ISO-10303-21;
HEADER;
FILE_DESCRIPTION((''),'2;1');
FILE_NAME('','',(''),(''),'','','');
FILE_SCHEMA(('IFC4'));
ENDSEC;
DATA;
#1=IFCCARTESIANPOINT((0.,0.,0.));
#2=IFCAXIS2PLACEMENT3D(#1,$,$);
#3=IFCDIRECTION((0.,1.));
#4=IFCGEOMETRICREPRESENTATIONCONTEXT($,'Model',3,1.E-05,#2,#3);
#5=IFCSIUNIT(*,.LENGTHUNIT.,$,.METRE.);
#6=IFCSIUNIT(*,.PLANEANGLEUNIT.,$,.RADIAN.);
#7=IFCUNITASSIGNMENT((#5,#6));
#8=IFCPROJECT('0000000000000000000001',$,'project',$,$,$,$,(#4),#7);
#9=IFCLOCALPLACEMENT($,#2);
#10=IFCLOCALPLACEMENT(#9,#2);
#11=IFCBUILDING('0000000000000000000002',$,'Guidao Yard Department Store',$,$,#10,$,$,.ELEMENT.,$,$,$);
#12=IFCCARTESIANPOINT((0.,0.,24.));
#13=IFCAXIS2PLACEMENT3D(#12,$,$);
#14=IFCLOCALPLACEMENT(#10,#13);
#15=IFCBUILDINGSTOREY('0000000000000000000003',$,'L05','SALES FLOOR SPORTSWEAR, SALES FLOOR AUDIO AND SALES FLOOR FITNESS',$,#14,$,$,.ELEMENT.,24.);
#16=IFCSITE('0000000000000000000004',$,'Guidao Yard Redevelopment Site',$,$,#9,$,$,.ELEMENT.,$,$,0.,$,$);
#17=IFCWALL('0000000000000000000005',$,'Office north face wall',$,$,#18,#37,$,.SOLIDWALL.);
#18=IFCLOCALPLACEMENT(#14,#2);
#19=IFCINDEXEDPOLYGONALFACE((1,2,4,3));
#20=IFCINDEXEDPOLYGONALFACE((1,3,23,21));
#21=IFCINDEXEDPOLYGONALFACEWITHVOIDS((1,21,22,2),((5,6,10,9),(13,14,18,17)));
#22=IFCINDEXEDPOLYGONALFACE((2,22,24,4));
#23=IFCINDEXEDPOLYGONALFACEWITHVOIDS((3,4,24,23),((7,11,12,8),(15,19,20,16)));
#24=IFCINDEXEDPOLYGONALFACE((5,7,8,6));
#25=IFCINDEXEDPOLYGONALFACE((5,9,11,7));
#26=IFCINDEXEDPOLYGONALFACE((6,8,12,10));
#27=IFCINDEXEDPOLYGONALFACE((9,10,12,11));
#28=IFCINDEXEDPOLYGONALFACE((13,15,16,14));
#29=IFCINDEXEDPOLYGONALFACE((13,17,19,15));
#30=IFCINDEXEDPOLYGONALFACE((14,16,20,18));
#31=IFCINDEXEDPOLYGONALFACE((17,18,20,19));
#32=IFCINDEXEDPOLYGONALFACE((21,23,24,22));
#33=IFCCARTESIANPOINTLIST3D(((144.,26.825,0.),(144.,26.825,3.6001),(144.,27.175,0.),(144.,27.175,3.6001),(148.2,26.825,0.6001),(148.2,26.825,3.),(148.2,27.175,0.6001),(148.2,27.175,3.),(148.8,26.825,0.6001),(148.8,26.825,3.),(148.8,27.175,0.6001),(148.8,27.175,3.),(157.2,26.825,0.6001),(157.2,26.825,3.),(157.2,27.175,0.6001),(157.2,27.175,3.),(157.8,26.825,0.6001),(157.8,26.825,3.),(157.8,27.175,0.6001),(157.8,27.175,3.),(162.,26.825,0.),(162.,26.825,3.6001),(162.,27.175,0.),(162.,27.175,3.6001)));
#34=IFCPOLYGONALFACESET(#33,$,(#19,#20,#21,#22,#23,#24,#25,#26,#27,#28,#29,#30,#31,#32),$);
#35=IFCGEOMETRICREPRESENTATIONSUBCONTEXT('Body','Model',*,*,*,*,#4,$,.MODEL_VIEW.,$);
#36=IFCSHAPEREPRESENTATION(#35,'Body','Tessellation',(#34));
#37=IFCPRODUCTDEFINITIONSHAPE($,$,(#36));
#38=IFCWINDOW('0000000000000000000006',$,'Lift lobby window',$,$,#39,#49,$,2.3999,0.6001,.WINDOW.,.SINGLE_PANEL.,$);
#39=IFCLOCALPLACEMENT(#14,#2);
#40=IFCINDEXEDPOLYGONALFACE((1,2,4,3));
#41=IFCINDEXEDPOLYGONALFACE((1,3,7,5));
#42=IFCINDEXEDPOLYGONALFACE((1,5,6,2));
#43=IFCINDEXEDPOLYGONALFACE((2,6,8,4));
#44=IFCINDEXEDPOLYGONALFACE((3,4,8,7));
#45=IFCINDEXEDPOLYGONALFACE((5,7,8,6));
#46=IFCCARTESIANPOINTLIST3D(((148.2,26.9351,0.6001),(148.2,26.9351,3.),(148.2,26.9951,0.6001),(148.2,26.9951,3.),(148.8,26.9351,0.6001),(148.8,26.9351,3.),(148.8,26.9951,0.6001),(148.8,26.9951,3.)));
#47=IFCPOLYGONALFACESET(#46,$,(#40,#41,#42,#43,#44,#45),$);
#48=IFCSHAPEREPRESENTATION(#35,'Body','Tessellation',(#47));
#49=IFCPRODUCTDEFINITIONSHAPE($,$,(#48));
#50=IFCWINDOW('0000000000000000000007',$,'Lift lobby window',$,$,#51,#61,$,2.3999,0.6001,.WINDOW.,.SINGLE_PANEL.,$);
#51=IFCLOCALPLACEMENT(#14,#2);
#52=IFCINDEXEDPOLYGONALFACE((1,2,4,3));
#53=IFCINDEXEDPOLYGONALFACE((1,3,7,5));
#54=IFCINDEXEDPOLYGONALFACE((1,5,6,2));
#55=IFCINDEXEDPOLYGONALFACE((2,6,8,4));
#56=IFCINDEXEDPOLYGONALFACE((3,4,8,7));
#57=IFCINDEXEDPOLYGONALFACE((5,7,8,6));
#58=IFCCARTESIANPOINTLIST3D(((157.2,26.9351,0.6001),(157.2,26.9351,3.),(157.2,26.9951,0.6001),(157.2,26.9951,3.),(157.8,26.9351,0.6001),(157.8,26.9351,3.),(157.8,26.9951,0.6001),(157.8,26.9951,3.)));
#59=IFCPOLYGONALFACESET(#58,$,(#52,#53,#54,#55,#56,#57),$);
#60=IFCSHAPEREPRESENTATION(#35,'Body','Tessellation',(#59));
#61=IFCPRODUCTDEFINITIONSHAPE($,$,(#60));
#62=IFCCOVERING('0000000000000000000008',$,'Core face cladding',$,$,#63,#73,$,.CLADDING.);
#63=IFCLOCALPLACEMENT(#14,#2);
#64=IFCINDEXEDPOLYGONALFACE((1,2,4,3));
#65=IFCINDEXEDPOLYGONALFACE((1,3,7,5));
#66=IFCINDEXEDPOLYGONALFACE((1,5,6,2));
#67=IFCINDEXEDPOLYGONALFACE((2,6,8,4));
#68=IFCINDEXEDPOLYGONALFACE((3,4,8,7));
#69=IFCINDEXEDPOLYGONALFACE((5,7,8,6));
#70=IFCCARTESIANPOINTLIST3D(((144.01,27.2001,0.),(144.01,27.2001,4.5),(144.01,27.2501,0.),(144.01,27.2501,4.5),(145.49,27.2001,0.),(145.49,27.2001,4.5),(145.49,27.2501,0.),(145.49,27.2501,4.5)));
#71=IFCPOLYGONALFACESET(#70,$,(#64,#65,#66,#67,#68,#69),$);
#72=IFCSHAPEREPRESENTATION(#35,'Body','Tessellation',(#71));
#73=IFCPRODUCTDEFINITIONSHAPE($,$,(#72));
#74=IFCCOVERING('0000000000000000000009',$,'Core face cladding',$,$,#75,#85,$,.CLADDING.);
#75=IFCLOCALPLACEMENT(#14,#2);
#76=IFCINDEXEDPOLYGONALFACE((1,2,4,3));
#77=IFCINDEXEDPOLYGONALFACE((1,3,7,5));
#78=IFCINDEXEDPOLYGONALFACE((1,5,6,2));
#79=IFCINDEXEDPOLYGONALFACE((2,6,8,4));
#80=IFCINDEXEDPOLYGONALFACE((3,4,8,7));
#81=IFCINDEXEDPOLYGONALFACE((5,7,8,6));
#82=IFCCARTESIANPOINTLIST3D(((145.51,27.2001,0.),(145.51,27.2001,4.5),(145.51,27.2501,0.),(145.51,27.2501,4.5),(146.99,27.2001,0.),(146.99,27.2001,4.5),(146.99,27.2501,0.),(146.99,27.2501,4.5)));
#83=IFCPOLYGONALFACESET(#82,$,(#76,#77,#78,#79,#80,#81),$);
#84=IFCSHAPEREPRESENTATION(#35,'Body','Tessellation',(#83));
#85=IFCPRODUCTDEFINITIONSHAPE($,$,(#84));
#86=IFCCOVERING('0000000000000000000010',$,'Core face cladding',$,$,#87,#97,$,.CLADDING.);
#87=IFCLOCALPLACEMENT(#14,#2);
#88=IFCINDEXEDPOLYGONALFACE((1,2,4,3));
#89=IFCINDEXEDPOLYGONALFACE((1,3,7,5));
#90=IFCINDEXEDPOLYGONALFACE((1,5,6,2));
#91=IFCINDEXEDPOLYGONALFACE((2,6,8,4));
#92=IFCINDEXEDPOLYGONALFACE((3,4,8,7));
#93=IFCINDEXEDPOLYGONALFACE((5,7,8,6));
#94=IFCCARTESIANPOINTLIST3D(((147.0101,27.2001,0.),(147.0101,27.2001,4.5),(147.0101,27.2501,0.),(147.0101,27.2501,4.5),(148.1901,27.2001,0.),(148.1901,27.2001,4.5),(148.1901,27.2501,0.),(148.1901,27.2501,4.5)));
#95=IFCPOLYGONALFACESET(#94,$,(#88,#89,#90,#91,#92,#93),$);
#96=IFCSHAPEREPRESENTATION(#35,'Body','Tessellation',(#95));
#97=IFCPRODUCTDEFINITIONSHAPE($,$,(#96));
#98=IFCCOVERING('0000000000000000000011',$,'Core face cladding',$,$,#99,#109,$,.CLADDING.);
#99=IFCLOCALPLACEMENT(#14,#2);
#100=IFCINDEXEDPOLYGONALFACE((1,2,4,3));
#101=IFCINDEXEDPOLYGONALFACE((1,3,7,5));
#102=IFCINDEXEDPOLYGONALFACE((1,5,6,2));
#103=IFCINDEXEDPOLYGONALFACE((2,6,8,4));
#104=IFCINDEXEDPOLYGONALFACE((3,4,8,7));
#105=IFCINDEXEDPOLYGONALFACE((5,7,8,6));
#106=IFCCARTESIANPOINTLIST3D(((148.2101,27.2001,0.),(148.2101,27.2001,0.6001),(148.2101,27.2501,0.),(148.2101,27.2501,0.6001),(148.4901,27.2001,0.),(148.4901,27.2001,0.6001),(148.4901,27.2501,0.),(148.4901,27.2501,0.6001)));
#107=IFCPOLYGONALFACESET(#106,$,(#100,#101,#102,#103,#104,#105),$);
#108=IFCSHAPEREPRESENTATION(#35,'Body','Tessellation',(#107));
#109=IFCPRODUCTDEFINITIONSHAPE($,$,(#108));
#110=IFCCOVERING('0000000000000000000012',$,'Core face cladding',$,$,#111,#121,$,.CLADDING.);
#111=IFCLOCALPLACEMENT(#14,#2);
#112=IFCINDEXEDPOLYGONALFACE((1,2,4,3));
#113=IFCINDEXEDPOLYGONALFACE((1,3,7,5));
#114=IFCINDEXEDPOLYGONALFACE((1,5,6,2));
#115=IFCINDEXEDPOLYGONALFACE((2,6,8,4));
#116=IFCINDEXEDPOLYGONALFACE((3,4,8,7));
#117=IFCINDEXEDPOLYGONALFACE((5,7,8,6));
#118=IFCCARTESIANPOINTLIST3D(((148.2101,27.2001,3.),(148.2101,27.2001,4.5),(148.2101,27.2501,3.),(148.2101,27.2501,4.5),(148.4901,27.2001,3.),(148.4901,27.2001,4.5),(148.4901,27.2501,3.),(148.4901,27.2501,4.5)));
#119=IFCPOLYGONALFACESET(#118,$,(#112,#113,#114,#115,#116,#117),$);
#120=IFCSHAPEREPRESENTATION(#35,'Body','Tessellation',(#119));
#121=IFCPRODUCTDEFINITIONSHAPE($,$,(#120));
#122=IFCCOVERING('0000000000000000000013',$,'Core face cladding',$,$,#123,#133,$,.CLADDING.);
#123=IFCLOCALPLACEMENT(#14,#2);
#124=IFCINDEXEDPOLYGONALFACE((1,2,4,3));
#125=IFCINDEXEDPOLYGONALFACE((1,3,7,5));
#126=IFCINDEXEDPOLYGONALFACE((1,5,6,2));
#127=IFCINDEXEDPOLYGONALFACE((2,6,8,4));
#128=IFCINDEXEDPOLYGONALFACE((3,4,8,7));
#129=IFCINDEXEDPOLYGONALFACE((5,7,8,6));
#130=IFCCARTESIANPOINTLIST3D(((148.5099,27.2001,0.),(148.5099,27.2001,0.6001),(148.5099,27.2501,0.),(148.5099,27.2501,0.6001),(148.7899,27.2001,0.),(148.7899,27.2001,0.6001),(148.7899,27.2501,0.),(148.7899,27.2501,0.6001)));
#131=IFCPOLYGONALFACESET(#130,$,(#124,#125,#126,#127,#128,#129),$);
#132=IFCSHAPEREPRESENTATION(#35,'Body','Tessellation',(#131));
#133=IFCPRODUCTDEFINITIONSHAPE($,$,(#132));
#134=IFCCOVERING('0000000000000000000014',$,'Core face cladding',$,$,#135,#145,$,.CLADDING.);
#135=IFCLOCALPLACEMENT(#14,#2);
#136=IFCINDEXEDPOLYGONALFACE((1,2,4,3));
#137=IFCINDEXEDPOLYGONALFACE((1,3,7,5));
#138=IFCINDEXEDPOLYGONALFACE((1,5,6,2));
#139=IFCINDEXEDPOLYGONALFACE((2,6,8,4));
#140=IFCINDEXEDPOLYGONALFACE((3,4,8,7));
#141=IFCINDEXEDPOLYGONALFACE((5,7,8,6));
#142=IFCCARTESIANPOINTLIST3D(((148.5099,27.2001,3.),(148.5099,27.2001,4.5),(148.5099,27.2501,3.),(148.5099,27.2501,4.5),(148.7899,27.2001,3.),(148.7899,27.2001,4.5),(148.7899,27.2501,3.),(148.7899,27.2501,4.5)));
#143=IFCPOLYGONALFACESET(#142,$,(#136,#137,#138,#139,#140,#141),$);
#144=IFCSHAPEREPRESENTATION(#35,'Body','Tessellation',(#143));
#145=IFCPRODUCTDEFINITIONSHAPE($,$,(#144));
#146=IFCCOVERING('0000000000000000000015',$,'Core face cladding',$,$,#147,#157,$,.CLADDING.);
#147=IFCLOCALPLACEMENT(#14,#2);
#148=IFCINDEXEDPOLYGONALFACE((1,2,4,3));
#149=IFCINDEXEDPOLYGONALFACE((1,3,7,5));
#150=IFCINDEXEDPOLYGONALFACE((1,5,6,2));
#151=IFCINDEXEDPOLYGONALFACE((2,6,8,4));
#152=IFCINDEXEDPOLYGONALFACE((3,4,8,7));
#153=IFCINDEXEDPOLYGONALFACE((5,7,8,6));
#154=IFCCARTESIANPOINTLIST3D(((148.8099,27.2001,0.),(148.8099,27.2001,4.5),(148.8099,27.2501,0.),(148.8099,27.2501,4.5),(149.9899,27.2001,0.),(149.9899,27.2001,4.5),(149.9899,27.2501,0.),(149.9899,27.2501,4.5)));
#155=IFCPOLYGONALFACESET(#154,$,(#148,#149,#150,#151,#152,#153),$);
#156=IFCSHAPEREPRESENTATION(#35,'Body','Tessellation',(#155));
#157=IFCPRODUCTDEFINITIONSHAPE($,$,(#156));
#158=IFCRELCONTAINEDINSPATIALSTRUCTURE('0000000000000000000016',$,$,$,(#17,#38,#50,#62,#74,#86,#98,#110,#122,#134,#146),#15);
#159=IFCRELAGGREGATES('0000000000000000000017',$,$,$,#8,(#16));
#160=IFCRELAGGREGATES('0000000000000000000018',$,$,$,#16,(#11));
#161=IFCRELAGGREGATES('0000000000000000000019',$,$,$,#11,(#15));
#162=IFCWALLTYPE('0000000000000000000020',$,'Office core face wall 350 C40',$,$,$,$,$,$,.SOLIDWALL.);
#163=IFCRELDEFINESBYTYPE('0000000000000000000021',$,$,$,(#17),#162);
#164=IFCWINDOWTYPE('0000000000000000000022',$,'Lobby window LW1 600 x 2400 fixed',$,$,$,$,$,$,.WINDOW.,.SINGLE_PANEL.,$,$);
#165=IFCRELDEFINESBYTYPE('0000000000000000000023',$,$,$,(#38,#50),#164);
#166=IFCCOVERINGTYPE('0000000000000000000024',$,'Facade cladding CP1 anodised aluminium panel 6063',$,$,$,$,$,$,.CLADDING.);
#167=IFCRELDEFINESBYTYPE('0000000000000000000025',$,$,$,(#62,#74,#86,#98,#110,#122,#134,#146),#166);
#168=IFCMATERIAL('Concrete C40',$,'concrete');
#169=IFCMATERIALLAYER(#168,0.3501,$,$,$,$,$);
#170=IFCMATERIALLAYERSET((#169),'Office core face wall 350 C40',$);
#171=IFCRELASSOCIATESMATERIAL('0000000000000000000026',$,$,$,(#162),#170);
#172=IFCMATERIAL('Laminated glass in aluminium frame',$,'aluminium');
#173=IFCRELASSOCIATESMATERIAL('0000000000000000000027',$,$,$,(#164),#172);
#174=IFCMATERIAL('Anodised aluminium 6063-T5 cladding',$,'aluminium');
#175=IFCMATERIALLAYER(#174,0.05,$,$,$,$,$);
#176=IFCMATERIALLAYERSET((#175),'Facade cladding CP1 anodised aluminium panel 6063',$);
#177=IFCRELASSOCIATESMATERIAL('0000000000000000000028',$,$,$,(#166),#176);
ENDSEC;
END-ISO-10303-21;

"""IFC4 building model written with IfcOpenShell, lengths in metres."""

from ifc_helpers import new_model, si_unit, direction, frame, frame_2d, origin, origin_2d, place, context, subcontext, project, spatial, rectangle, extrude, material, layer, layer_set, type_object, element, fill, save


model = new_model("IFC4")

# Units and contexts
model_context = context("Model", 3, precision=1e-05, world=origin(), true_north=direction((0.0, 1.0)))
body_context = subcontext(model_context, "Body", "Model", "MODEL_VIEW")
ifc_project = project(units=[si_unit("LENGTHUNIT", "METRE"), si_unit("PLANEANGLEUNIT", "RADIAN")], contexts=[model_context])

# Site, building, storey
site_placement = place(None, origin())
site = spatial("IfcSite", under=ifc_project, at=site_placement, Name="Guidao Yard Redevelopment Site", CompositionType="ELEMENT", RefElevation=0.0)
building_placement = place(site_placement, origin())
building = spatial("IfcBuilding", under=site, at=building_placement, Name="Guidao Yard Department Store", CompositionType="ELEMENT")
storey_placement = place(building_placement, frame((0.0, 0.0, 24.0)))
storey = spatial("IfcBuildingStorey", under=building, at=storey_placement, Name="L05", Description="SALES FLOOR SPORTSWEAR, SALES FLOOR AUDIO AND SALES FLOOR FITNESS", CompositionType="ELEMENT", Elevation=24.0)

# Wall, openings, windows
ifc_material_1 = material(Name="Concrete C40", Category="concrete")
ifc_layer_1 = layer(ifc_material_1, 0.3501)
ifc_layer_set_1 = layer_set([ifc_layer_1], Name="Office core face wall 350 C40")
wall_type = type_object("IfcWallType", Name="Office core face wall 350 C40", PredefinedType="SOLIDWALL", material=ifc_layer_set_1)
wall_placement = place(storey_placement, frame((144.0, 27.0, 0.0), z_axis=(0.0, 0.0, 1.0), x_axis=(1.0, 0.0, 0.0)))
wall = element("IfcWall", 1, at=wall_placement, inside=storey, type_object=wall_type, Name="Office north face wall", PredefinedType="SOLIDWALL", context=body_context, shape_type="SweptSolid", body=[
    extrude(rectangle(XDim=18.0, YDim=0.3501, at=frame_2d((9.0, 0.0))), origin(), (0.0, 0.0, 1.0), 3.6001),
])
opening_1_placement = place(wall_placement, frame((4.2, 0.0, 0.6001)))
opening_1 = element("IfcOpeningElement", 2, at=opening_1_placement, cuts=wall, PredefinedType="OPENING", context=body_context, shape_type="SweptSolid", body=[
    extrude(rectangle(XDim=0.6001, YDim=2.3999, at=frame_2d((0.3, 1.2))), frame((0.0, 0.1851, 0.0), z_axis=(0.0, -1.0, 0.0), x_axis=(1.0, 0.0, 0.0)), (0.0, 0.0, 1.0), 0.3701),
])
opening_2_placement = place(wall_placement, frame((13.2, 0.0, 0.6001)))
opening_2 = element("IfcOpeningElement", 3, at=opening_2_placement, cuts=wall, PredefinedType="OPENING", context=body_context, shape_type="SweptSolid", body=[
    extrude(rectangle(XDim=0.6001, YDim=2.3999, at=frame_2d((0.3, 1.2))), frame((0.0, 0.1851, 0.0), z_axis=(0.0, -1.0, 0.0), x_axis=(1.0, 0.0, 0.0)), (0.0, 0.0, 1.0), 0.3701),
])
ifc_material_2 = material(Name="Laminated glass in aluminium frame", Category="aluminium")
window_type = type_object("IfcWindowType", Name="Lobby window LW1 600 x 2400 fixed", PartitioningType="SINGLE_PANEL", PredefinedType="WINDOW", material=ifc_material_2)
window_1_placement = place(opening_1_placement, origin())
window_1 = element("IfcWindow", 4, at=window_1_placement, inside=storey, type_object=window_type, Name="Lift lobby window", OverallHeight=2.3999, OverallWidth=0.6001, PartitioningType="SINGLE_PANEL", PredefinedType="WINDOW", context=body_context, shape_type="SweptSolid", body=[
    extrude(rectangle(XDim=0.6001, YDim=2.3999, at=frame_2d((0.3, 1.2))), frame((0.0, -0.0049, 0.0), z_axis=(0.0, -1.0, 0.0), x_axis=(1.0, 0.0, 0.0)), (0.0, 0.0, 1.0), 0.0601),
])
fill(opening_1, window_1)
window_2_placement = place(opening_2_placement, origin())
window_2 = element("IfcWindow", 5, at=window_2_placement, inside=storey, type_object=window_type, Name="Lift lobby window", OverallHeight=2.3999, OverallWidth=0.6001, PartitioningType="SINGLE_PANEL", PredefinedType="WINDOW", context=body_context, shape_type="SweptSolid", body=[
    extrude(rectangle(XDim=0.6001, YDim=2.3999, at=frame_2d((0.3, 1.2))), frame((0.0, -0.0049, 0.0), z_axis=(0.0, -1.0, 0.0), x_axis=(1.0, 0.0, 0.0)), (0.0, 0.0, 1.0), 0.0601),
])
fill(opening_2, window_2)

# Coverings
ifc_material_3 = material(Name="Anodised aluminium 6063-T5 cladding", Category="aluminium")
ifc_layer_2 = layer(ifc_material_3, 0.05)
ifc_layer_set_2 = layer_set([ifc_layer_2], Name="Facade cladding CP1 anodised aluminium panel 6063")
covering_type = type_object("IfcCoveringType", Name="Facade cladding CP1 anodised aluminium panel 6063", PredefinedType="CLADDING", material=ifc_layer_set_2)
for number, where, z_axis, x_axis, name in (
    (6, (144.75, 27.2251, 0.0), (0.0, 0.0, 1.0), (1.0, 0.0, 0.0), "Core face cladding"),
    (7, (146.25, 27.2251, 0.0), (0.0, 0.0, 1.0), (1.0, 0.0, 0.0), "Core face cladding"),
):
    element("IfcCovering", number, at=place(storey_placement, frame(where, z_axis=z_axis, x_axis=x_axis)), inside=storey, type_object=covering_type, Name=name, PredefinedType="CLADDING", context=body_context, shape_type="SweptSolid", body=[
        extrude(rectangle(XDim=1.48, YDim=0.05, at=origin_2d()), origin(), (0.0, 0.0, 1.0), 4.5),
    ])
covering_1_placement = place(storey_placement, frame((147.6001, 27.2251, 0.0), z_axis=(0.0, 0.0, 1.0), x_axis=(1.0, 0.0, 0.0)))
element("IfcCovering", 8, at=covering_1_placement, inside=storey, type_object=covering_type, Name="Core face cladding", PredefinedType="CLADDING", context=body_context, shape_type="SweptSolid", body=[
    extrude(rectangle(XDim=1.1799, YDim=0.05, at=origin_2d()), origin(), (0.0, 0.0, 1.0), 4.5),
])
covering_2_placement = place(storey_placement, frame((148.3501, 27.2251, 0.0), z_axis=(0.0, 0.0, 1.0), x_axis=(1.0, 0.0, 0.0)))
element("IfcCovering", 9, at=covering_2_placement, inside=storey, type_object=covering_type, Name="Core face cladding", PredefinedType="CLADDING", context=body_context, shape_type="SweptSolid", body=[
    extrude(rectangle(XDim=0.28, YDim=0.05, at=origin_2d()), origin(), (0.0, 0.0, 1.0), 0.6001),
])
covering_3_placement = place(storey_placement, frame((148.3501, 27.2251, 3.0), z_axis=(0.0, 0.0, 1.0), x_axis=(1.0, 0.0, 0.0)))
element("IfcCovering", 10, at=covering_3_placement, inside=storey, type_object=covering_type, Name="Core face cladding", PredefinedType="CLADDING", context=body_context, shape_type="SweptSolid", body=[
    extrude(rectangle(XDim=0.28, YDim=0.05, at=origin_2d()), origin(), (0.0, 0.0, 1.0), 1.5),
])
covering_4_placement = place(storey_placement, frame((148.6499, 27.2251, 0.0), z_axis=(0.0, 0.0, 1.0), x_axis=(1.0, 0.0, 0.0)))
element("IfcCovering", 11, at=covering_4_placement, inside=storey, type_object=covering_type, Name="Core face cladding", PredefinedType="CLADDING", context=body_context, shape_type="SweptSolid", body=[
    extrude(rectangle(XDim=0.28, YDim=0.05, at=origin_2d()), origin(), (0.0, 0.0, 1.0), 0.6001),
])
covering_5_placement = place(storey_placement, frame((148.6499, 27.2251, 3.0), z_axis=(0.0, 0.0, 1.0), x_axis=(1.0, 0.0, 0.0)))
element("IfcCovering", 12, at=covering_5_placement, inside=storey, type_object=covering_type, Name="Core face cladding", PredefinedType="CLADDING", context=body_context, shape_type="SweptSolid", body=[
    extrude(rectangle(XDim=0.28, YDim=0.05, at=origin_2d()), origin(), (0.0, 0.0, 1.0), 1.5),
])
covering_6_placement = place(storey_placement, frame((149.3999, 27.2251, 0.0), z_axis=(0.0, 0.0, 1.0), x_axis=(1.0, 0.0, 0.0)))
element("IfcCovering", 13, at=covering_6_placement, inside=storey, type_object=covering_type, Name="Core face cladding", PredefinedType="CLADDING", context=body_context, shape_type="SweptSolid", body=[
    extrude(rectangle(XDim=1.1799, YDim=0.05, at=origin_2d()), origin(), (0.0, 0.0, 1.0), 4.5),
])

save(model, "model.ifc")
